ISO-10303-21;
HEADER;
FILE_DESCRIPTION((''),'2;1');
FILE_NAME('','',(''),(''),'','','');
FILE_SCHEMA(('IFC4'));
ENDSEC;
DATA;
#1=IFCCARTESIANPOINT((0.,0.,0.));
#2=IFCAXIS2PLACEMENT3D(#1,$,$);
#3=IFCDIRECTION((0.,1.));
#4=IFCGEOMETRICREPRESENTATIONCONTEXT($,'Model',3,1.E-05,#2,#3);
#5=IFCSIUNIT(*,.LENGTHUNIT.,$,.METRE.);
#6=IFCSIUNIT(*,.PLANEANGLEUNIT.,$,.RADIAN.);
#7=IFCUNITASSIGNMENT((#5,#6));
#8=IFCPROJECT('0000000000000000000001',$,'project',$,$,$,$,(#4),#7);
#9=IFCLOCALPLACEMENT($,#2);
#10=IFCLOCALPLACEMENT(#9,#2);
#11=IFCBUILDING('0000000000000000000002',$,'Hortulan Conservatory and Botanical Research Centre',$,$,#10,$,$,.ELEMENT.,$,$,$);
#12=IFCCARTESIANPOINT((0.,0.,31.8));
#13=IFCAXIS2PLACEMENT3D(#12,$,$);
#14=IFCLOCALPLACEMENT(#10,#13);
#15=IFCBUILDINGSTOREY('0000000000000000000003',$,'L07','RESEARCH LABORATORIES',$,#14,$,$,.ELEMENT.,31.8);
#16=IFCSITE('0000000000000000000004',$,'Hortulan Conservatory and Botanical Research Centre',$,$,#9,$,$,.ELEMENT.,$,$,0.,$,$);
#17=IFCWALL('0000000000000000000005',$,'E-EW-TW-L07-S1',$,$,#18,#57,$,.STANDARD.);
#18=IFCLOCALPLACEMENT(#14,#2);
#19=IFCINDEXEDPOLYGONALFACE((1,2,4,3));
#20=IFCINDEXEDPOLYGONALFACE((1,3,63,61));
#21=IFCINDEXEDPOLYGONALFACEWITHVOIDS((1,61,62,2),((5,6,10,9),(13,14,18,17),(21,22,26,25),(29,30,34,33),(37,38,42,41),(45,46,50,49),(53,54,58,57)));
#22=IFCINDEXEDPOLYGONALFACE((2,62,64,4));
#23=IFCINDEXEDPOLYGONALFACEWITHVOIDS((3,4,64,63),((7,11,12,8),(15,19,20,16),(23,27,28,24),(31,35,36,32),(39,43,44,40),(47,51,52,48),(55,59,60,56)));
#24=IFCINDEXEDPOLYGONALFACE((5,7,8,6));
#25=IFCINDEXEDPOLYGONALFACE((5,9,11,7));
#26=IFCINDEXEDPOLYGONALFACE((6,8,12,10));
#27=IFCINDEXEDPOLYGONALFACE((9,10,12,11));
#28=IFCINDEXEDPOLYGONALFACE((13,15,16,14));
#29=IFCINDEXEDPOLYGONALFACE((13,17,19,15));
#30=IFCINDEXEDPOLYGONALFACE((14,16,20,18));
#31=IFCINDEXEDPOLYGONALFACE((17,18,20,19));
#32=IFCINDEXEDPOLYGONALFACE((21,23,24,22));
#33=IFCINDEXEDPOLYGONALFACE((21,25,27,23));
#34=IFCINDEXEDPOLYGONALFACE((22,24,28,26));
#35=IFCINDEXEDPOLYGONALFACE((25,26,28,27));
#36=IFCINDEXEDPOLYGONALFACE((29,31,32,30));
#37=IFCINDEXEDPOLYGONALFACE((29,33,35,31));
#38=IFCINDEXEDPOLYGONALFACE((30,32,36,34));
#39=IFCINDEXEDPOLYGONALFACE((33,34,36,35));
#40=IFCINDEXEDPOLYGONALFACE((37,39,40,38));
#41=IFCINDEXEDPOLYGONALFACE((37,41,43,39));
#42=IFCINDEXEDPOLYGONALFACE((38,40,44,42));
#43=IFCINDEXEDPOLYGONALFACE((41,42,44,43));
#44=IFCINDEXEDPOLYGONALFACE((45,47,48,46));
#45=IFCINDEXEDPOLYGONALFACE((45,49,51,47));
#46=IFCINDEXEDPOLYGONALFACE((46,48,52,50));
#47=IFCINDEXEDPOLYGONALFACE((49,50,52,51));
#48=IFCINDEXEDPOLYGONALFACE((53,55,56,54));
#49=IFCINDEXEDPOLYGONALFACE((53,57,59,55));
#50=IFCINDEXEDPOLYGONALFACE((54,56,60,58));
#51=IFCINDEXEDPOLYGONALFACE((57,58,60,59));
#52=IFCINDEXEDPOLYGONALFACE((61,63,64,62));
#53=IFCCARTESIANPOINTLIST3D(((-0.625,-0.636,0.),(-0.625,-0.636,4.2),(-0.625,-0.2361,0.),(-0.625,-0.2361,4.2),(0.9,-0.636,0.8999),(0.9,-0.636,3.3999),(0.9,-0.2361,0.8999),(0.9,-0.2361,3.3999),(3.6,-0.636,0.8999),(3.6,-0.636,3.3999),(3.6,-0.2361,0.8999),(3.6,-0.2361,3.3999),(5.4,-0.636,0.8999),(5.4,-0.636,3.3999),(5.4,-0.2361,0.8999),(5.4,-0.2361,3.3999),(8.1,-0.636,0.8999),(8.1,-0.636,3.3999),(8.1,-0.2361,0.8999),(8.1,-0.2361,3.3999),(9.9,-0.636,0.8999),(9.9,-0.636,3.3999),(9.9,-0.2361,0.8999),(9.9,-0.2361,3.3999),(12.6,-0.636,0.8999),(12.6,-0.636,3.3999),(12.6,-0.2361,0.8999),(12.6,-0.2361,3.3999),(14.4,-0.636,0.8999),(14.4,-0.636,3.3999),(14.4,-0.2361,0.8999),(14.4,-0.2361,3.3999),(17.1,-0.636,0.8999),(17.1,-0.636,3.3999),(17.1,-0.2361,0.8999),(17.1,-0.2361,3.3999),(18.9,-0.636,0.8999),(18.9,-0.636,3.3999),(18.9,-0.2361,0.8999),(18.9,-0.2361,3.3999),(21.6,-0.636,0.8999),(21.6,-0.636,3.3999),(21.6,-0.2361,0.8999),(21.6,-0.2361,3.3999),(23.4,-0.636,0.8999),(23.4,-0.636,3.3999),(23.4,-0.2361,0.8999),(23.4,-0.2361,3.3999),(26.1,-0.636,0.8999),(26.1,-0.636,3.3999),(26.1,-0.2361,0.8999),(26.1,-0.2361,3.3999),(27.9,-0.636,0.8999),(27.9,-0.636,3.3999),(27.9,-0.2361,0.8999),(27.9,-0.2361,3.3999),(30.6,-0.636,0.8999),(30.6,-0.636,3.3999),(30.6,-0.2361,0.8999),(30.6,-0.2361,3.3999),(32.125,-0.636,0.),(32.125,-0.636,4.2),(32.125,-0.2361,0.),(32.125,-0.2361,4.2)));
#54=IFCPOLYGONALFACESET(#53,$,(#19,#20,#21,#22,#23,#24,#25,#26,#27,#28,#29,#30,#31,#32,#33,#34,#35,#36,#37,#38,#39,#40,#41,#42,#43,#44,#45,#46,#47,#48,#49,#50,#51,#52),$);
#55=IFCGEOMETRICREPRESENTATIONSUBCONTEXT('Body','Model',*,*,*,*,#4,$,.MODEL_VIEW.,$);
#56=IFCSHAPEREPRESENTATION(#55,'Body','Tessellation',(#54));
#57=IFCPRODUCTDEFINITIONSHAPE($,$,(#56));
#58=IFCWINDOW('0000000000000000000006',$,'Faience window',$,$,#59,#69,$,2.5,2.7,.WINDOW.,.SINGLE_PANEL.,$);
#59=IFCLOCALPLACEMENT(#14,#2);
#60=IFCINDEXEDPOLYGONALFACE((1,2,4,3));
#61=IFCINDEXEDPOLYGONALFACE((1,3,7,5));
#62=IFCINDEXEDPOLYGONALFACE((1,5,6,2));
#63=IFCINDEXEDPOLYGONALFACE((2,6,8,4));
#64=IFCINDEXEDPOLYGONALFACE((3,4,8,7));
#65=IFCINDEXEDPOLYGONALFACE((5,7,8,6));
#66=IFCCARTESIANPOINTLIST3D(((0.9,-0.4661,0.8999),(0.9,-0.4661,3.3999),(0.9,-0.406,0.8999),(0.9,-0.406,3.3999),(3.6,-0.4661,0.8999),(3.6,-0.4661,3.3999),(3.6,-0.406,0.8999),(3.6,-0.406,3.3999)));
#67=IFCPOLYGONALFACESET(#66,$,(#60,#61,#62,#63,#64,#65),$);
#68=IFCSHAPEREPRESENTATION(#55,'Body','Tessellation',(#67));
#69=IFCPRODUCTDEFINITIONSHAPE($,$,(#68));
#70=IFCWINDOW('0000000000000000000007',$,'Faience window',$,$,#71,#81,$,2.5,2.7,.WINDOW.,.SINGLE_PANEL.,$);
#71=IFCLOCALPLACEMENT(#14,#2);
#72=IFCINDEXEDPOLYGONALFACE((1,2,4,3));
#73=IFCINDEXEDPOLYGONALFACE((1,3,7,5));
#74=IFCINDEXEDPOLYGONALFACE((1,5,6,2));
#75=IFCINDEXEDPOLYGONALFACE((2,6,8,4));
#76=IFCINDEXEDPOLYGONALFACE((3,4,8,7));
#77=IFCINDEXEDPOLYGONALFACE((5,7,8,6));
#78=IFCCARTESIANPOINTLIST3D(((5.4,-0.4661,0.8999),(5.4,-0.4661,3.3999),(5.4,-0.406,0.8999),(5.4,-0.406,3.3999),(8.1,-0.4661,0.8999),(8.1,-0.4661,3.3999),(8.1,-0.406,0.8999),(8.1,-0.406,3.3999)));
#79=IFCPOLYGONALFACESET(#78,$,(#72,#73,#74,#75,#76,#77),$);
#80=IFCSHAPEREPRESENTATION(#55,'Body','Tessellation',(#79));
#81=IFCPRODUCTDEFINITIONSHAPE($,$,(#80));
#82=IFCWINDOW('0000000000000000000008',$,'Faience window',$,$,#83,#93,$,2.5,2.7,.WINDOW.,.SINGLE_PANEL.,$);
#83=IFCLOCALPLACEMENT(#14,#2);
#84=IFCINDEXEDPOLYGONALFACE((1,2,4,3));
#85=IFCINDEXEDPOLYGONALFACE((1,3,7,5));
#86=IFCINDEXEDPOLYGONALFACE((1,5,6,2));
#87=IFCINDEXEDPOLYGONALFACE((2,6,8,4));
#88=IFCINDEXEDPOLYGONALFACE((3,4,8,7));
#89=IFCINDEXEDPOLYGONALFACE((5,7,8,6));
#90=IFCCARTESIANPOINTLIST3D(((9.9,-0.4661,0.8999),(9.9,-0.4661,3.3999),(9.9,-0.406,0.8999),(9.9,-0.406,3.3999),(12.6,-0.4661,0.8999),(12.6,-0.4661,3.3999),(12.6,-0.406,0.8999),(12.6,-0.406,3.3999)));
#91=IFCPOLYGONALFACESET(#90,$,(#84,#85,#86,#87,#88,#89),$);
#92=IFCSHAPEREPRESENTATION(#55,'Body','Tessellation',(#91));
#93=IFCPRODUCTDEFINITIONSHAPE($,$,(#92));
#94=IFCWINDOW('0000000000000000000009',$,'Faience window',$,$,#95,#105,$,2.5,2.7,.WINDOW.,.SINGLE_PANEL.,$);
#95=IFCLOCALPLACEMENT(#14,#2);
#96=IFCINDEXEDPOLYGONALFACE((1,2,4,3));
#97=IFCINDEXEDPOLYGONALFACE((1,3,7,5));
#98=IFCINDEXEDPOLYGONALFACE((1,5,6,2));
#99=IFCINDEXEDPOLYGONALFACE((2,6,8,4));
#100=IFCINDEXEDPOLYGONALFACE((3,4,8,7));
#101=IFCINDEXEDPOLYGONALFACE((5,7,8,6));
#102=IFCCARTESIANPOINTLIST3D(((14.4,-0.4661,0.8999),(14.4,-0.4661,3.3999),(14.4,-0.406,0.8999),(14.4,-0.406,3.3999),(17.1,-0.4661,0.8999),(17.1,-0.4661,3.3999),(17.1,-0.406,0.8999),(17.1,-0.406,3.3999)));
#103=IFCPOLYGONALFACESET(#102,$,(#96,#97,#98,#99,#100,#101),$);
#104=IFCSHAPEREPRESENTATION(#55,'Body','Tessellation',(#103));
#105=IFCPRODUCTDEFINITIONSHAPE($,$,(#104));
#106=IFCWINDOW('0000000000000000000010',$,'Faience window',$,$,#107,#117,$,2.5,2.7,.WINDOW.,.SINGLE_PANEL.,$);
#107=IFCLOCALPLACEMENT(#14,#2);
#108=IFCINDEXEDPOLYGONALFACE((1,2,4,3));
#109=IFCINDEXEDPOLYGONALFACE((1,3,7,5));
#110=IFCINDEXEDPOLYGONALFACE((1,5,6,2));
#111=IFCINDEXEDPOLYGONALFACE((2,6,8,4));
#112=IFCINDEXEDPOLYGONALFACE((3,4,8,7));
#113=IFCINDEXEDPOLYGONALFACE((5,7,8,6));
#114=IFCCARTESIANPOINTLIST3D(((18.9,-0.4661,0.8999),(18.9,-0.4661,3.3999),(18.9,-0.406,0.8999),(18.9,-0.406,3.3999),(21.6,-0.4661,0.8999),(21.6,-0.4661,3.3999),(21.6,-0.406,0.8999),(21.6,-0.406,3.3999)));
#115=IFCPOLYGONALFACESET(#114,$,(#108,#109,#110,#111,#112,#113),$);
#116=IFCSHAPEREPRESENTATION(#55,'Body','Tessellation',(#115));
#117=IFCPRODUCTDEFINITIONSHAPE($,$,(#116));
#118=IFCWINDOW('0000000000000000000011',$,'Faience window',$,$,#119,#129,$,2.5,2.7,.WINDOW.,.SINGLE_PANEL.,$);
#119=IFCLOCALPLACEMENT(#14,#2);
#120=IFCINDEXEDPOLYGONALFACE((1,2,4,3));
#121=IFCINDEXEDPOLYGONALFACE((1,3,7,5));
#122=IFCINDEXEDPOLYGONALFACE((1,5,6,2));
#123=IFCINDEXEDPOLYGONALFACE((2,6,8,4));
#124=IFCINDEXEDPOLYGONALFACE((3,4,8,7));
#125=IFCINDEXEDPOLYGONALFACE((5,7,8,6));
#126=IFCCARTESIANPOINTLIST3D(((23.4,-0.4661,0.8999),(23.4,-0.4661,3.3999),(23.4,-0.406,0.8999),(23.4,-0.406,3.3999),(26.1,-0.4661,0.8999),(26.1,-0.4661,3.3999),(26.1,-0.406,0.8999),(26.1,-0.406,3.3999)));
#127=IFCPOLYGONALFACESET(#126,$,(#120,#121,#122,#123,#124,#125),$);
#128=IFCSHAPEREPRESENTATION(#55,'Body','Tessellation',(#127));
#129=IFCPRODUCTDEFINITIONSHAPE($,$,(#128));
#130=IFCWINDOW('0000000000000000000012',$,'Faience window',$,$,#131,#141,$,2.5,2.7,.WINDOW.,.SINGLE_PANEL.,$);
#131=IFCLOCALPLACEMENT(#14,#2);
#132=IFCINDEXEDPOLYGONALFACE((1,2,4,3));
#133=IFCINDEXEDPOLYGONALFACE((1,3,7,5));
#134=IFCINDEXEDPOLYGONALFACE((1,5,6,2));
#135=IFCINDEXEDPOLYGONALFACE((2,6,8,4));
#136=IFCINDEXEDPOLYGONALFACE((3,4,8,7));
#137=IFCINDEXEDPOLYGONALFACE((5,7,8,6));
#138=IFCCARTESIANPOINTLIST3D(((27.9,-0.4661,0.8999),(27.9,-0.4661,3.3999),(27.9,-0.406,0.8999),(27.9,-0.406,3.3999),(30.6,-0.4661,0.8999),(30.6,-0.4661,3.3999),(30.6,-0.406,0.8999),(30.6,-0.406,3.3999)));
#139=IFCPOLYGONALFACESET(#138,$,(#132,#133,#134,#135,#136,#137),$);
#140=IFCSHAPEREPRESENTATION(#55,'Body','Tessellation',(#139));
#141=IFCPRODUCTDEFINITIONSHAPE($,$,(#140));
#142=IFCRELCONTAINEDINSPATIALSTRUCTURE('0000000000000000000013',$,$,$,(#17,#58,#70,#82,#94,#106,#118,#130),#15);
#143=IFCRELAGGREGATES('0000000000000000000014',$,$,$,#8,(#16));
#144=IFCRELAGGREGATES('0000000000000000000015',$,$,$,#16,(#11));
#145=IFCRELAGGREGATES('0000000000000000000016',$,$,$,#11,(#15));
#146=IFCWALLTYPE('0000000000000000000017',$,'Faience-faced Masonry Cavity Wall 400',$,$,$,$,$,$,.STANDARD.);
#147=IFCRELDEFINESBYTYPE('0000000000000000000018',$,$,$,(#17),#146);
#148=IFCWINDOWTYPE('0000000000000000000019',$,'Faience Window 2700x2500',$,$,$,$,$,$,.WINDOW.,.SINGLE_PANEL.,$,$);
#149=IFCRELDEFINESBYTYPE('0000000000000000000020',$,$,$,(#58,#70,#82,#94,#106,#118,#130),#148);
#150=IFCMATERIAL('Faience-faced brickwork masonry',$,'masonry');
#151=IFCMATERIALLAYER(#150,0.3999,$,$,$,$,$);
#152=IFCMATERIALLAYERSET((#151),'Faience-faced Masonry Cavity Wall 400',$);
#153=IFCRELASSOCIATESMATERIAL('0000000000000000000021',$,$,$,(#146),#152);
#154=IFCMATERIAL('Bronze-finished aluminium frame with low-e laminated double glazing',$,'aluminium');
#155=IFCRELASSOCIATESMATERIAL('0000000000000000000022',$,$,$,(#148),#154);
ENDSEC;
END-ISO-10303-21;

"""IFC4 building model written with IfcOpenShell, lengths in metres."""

from ifc_helpers import new_model, si_unit, direction, frame, frame_2d, origin, place, context, subcontext, project, spatial, rectangle, extrude, material, layer, layer_set, type_object, element, fill, save


model = new_model("IFC4")

# Units and contexts
model_context = context("Model", 3, precision=1e-05, world=origin(), true_north=direction((0.0, 1.0)))
body_context = subcontext(model_context, "Body", "Model", "MODEL_VIEW")
ifc_project = project(units=[si_unit("LENGTHUNIT", "METRE"), si_unit("PLANEANGLEUNIT", "RADIAN")], contexts=[model_context])

# Site, building, storey
site_placement = place(None, origin())
site = spatial("IfcSite", under=ifc_project, at=site_placement, Name="Hortulan Conservatory and Botanical Research Centre", CompositionType="ELEMENT", RefElevation=0.0)
building_placement = place(site_placement, origin())
building = spatial("IfcBuilding", under=site, at=building_placement, Name="Hortulan Conservatory and Botanical Research Centre", CompositionType="ELEMENT")
storey_placement = place(building_placement, frame((0.0, 0.0, 31.8)))
storey = spatial("IfcBuildingStorey", under=building, at=storey_placement, Name="L07", Description="RESEARCH LABORATORIES", CompositionType="ELEMENT", Elevation=31.8)

# Wall, openings, windows
ifc_material_1 = material(Name="Faience-faced brickwork masonry", Category="masonry")
ifc_layer_1 = layer(ifc_material_1, 0.3999)
ifc_layer_set_1 = layer_set([ifc_layer_1], Name="Faience-faced Masonry Cavity Wall 400")
wall_type_1 = type_object("IfcWallType", Name="Faience-faced Masonry Cavity Wall 400", PredefinedType="STANDARD", material=ifc_layer_set_1)
wall_1_placement = place(storey_placement, frame((32.125, -0.436, 0.0), z_axis=(0.0, 0.0, 1.0), x_axis=(-1.0, 0.0, 0.0)))
wall_1 = element("IfcWall", 1, at=wall_1_placement, inside=storey, type_object=wall_type_1, Name="E-EW-TW-L07-S1", PredefinedType="STANDARD", context=body_context, shape_type="SweptSolid", body=[
    extrude(rectangle(XDim=32.75, YDim=0.3999, at=frame_2d((16.375, 0.0))), origin(), (0.0, 0.0, 1.0), 4.2),
])
opening_1_placement = place(wall_1_placement, frame((28.5249, 0.0, 0.8999)))
opening_1 = element("IfcOpeningElement", 2, at=opening_1_placement, cuts=wall_1, PredefinedType="OPENING", context=body_context, shape_type="SweptSolid", body=[
    extrude(rectangle(XDim=2.7, YDim=2.5, at=frame_2d((1.3501, 1.25))), frame((0.0, 0.21, 0.0), z_axis=(0.0, -1.0, 0.0), x_axis=(1.0, 0.0, 0.0)), (0.0, 0.0, 1.0), 0.4199),
])
opening_2_placement = place(wall_1_placement, frame((24.0249, 0.0, 0.8999)))
opening_2 = element("IfcOpeningElement", 3, at=opening_2_placement, cuts=wall_1, PredefinedType="OPENING", context=body_context, shape_type="SweptSolid", body=[
    extrude(rectangle(XDim=2.7, YDim=2.5, at=frame_2d((1.3501, 1.25))), frame((0.0, 0.21, 0.0), z_axis=(0.0, -1.0, 0.0), x_axis=(1.0, 0.0, 0.0)), (0.0, 0.0, 1.0), 0.4199),
])
opening_3_placement = place(wall_1_placement, frame((19.5249, 0.0, 0.8999)))
opening_3 = element("IfcOpeningElement", 4, at=opening_3_placement, cuts=wall_1, PredefinedType="OPENING", context=body_context, shape_type="SweptSolid", body=[
    extrude(rectangle(XDim=2.7, YDim=2.5, at=frame_2d((1.3501, 1.25))), frame((0.0, 0.21, 0.0), z_axis=(0.0, -1.0, 0.0), x_axis=(1.0, 0.0, 0.0)), (0.0, 0.0, 1.0), 0.4199),
])
opening_4_placement = place(wall_1_placement, frame((15.0249, 0.0, 0.8999)))
opening_4 = element("IfcOpeningElement", 5, at=opening_4_placement, cuts=wall_1, PredefinedType="OPENING", context=body_context, shape_type="SweptSolid", body=[
    extrude(rectangle(XDim=2.7, YDim=2.5, at=frame_2d((1.3501, 1.25))), frame((0.0, 0.21, 0.0), z_axis=(0.0, -1.0, 0.0), x_axis=(1.0, 0.0, 0.0)), (0.0, 0.0, 1.0), 0.4199),
])
opening_5_placement = place(wall_1_placement, frame((10.5249, 0.0, 0.8999)))
opening_5 = element("IfcOpeningElement", 6, at=opening_5_placement, cuts=wall_1, PredefinedType="OPENING", context=body_context, shape_type="SweptSolid", body=[
    extrude(rectangle(XDim=2.7, YDim=2.5, at=frame_2d((1.3501, 1.25))), frame((0.0, 0.21, 0.0), z_axis=(0.0, -1.0, 0.0), x_axis=(1.0, 0.0, 0.0)), (0.0, 0.0, 1.0), 0.4199),
])
opening_6_placement = place(wall_1_placement, frame((6.0249, 0.0, 0.8999)))
opening_6 = element("IfcOpeningElement", 7, at=opening_6_placement, cuts=wall_1, PredefinedType="OPENING", context=body_context, shape_type="SweptSolid", body=[
    extrude(rectangle(XDim=2.7, YDim=2.5, at=frame_2d((1.3501, 1.25))), frame((0.0, 0.21, 0.0), z_axis=(0.0, -1.0, 0.0), x_axis=(1.0, 0.0, 0.0)), (0.0, 0.0, 1.0), 0.4199),
])
opening_7_placement = place(wall_1_placement, frame((1.5249, 0.0, 0.8999)))
opening_7 = element("IfcOpeningElement", 8, at=opening_7_placement, cuts=wall_1, PredefinedType="OPENING", context=body_context, shape_type="SweptSolid", body=[
    extrude(rectangle(XDim=2.7, YDim=2.5, at=frame_2d((1.3501, 1.25))), frame((0.0, 0.21, 0.0), z_axis=(0.0, -1.0, 0.0), x_axis=(1.0, 0.0, 0.0)), (0.0, 0.0, 1.0), 0.4199),
])
ifc_material_2 = material(Name="Bronze-finished aluminium frame with low-e laminated double glazing", Category="aluminium")
window_type = type_object("IfcWindowType", Name="Faience Window 2700x2500", PartitioningType="SINGLE_PANEL", PredefinedType="WINDOW", material=ifc_material_2)
window_1_placement = place(opening_1_placement, origin())
window_1 = element("IfcWindow", 9, at=window_1_placement, inside=storey, type_object=window_type, Name="Faience window", OverallHeight=2.5, OverallWidth=2.7, PartitioningType="SINGLE_PANEL", PredefinedType="WINDOW", context=body_context, shape_type="SweptSolid", body=[
    extrude(rectangle(XDim=2.7, YDim=2.5, at=frame_2d((1.3501, 1.25))), frame((0.0, 0.03, 0.0), z_axis=(0.0, -1.0, 0.0), x_axis=(1.0, 0.0, 0.0)), (0.0, 0.0, 1.0), 0.0601),
])
fill(opening_1, window_1)
window_2_placement = place(opening_2_placement, origin())
window_2 = element("IfcWindow", 10, at=window_2_placement, inside=storey, type_object=window_type, Name="Faience window", OverallHeight=2.5, OverallWidth=2.7, PartitioningType="SINGLE_PANEL", PredefinedType="WINDOW", context=body_context, shape_type="SweptSolid", body=[
    extrude(rectangle(XDim=2.7, YDim=2.5, at=frame_2d((1.3501, 1.25))), frame((0.0, 0.03, 0.0), z_axis=(0.0, -1.0, 0.0), x_axis=(1.0, 0.0, 0.0)), (0.0, 0.0, 1.0), 0.0601),
])
fill(opening_2, window_2)
window_3_placement = place(opening_3_placement, origin())
window_3 = element("IfcWindow", 11, at=window_3_placement, inside=storey, type_object=window_type, Name="Faience window", OverallHeight=2.5, OverallWidth=2.7, PartitioningType="SINGLE_PANEL", PredefinedType="WINDOW", context=body_context, shape_type="SweptSolid", body=[
    extrude(rectangle(XDim=2.7, YDim=2.5, at=frame_2d((1.3501, 1.25))), frame((0.0, 0.03, 0.0), z_axis=(0.0, -1.0, 0.0), x_axis=(1.0, 0.0, 0.0)), (0.0, 0.0, 1.0), 0.0601),
])
fill(opening_3, window_3)
window_4_placement = place(opening_4_placement, origin())
window_4 = element("IfcWindow", 12, at=window_4_placement, inside=storey, type_object=window_type, Name="Faience window", OverallHeight=2.5, OverallWidth=2.7, PartitioningType="SINGLE_PANEL", PredefinedType="WINDOW", context=body_context, shape_type="SweptSolid", body=[
    extrude(rectangle(XDim=2.7, YDim=2.5, at=frame_2d((1.3501, 1.25))), frame((0.0, 0.03, 0.0), z_axis=(0.0, -1.0, 0.0), x_axis=(1.0, 0.0, 0.0)), (0.0, 0.0, 1.0), 0.0601),
])
fill(opening_4, window_4)
window_5_placement = place(opening_5_placement, origin())
window_5 = element("IfcWindow", 13, at=window_5_placement, inside=storey, type_object=window_type, Name="Faience window", OverallHeight=2.5, OverallWidth=2.7, PartitioningType="SINGLE_PANEL", PredefinedType="WINDOW", context=body_context, shape_type="SweptSolid", body=[
    extrude(rectangle(XDim=2.7, YDim=2.5, at=frame_2d((1.3501, 1.25))), frame((0.0, 0.03, 0.0), z_axis=(0.0, -1.0, 0.0), x_axis=(1.0, 0.0, 0.0)), (0.0, 0.0, 1.0), 0.0601),
])
fill(opening_5, window_5)
window_6_placement = place(opening_6_placement, origin())
window_6 = element("IfcWindow", 14, at=window_6_placement, inside=storey, type_object=window_type, Name="Faience window", OverallHeight=2.5, OverallWidth=2.7, PartitioningType="SINGLE_PANEL", PredefinedType="WINDOW", context=body_context, shape_type="SweptSolid", body=[
    extrude(rectangle(XDim=2.7, YDim=2.5, at=frame_2d((1.3501, 1.25))), frame((0.0, 0.03, 0.0), z_axis=(0.0, -1.0, 0.0), x_axis=(1.0, 0.0, 0.0)), (0.0, 0.0, 1.0), 0.0601),
])
fill(opening_6, window_6)
window_7_placement = place(opening_7_placement, origin())
window_7 = element("IfcWindow", 15, at=window_7_placement, inside=storey, type_object=window_type, Name="Faience window", OverallHeight=2.5, OverallWidth=2.7, PartitioningType="SINGLE_PANEL", PredefinedType="WINDOW", context=body_context, shape_type="SweptSolid", body=[
    extrude(rectangle(XDim=2.7, YDim=2.5, at=frame_2d((1.3501, 1.25))), frame((0.0, 0.03, 0.0), z_axis=(0.0, -1.0, 0.0), x_axis=(1.0, 0.0, 0.0)), (0.0, 0.0, 1.0), 0.0601),
])
fill(opening_7, window_7)

save(model, "model.ifc")
